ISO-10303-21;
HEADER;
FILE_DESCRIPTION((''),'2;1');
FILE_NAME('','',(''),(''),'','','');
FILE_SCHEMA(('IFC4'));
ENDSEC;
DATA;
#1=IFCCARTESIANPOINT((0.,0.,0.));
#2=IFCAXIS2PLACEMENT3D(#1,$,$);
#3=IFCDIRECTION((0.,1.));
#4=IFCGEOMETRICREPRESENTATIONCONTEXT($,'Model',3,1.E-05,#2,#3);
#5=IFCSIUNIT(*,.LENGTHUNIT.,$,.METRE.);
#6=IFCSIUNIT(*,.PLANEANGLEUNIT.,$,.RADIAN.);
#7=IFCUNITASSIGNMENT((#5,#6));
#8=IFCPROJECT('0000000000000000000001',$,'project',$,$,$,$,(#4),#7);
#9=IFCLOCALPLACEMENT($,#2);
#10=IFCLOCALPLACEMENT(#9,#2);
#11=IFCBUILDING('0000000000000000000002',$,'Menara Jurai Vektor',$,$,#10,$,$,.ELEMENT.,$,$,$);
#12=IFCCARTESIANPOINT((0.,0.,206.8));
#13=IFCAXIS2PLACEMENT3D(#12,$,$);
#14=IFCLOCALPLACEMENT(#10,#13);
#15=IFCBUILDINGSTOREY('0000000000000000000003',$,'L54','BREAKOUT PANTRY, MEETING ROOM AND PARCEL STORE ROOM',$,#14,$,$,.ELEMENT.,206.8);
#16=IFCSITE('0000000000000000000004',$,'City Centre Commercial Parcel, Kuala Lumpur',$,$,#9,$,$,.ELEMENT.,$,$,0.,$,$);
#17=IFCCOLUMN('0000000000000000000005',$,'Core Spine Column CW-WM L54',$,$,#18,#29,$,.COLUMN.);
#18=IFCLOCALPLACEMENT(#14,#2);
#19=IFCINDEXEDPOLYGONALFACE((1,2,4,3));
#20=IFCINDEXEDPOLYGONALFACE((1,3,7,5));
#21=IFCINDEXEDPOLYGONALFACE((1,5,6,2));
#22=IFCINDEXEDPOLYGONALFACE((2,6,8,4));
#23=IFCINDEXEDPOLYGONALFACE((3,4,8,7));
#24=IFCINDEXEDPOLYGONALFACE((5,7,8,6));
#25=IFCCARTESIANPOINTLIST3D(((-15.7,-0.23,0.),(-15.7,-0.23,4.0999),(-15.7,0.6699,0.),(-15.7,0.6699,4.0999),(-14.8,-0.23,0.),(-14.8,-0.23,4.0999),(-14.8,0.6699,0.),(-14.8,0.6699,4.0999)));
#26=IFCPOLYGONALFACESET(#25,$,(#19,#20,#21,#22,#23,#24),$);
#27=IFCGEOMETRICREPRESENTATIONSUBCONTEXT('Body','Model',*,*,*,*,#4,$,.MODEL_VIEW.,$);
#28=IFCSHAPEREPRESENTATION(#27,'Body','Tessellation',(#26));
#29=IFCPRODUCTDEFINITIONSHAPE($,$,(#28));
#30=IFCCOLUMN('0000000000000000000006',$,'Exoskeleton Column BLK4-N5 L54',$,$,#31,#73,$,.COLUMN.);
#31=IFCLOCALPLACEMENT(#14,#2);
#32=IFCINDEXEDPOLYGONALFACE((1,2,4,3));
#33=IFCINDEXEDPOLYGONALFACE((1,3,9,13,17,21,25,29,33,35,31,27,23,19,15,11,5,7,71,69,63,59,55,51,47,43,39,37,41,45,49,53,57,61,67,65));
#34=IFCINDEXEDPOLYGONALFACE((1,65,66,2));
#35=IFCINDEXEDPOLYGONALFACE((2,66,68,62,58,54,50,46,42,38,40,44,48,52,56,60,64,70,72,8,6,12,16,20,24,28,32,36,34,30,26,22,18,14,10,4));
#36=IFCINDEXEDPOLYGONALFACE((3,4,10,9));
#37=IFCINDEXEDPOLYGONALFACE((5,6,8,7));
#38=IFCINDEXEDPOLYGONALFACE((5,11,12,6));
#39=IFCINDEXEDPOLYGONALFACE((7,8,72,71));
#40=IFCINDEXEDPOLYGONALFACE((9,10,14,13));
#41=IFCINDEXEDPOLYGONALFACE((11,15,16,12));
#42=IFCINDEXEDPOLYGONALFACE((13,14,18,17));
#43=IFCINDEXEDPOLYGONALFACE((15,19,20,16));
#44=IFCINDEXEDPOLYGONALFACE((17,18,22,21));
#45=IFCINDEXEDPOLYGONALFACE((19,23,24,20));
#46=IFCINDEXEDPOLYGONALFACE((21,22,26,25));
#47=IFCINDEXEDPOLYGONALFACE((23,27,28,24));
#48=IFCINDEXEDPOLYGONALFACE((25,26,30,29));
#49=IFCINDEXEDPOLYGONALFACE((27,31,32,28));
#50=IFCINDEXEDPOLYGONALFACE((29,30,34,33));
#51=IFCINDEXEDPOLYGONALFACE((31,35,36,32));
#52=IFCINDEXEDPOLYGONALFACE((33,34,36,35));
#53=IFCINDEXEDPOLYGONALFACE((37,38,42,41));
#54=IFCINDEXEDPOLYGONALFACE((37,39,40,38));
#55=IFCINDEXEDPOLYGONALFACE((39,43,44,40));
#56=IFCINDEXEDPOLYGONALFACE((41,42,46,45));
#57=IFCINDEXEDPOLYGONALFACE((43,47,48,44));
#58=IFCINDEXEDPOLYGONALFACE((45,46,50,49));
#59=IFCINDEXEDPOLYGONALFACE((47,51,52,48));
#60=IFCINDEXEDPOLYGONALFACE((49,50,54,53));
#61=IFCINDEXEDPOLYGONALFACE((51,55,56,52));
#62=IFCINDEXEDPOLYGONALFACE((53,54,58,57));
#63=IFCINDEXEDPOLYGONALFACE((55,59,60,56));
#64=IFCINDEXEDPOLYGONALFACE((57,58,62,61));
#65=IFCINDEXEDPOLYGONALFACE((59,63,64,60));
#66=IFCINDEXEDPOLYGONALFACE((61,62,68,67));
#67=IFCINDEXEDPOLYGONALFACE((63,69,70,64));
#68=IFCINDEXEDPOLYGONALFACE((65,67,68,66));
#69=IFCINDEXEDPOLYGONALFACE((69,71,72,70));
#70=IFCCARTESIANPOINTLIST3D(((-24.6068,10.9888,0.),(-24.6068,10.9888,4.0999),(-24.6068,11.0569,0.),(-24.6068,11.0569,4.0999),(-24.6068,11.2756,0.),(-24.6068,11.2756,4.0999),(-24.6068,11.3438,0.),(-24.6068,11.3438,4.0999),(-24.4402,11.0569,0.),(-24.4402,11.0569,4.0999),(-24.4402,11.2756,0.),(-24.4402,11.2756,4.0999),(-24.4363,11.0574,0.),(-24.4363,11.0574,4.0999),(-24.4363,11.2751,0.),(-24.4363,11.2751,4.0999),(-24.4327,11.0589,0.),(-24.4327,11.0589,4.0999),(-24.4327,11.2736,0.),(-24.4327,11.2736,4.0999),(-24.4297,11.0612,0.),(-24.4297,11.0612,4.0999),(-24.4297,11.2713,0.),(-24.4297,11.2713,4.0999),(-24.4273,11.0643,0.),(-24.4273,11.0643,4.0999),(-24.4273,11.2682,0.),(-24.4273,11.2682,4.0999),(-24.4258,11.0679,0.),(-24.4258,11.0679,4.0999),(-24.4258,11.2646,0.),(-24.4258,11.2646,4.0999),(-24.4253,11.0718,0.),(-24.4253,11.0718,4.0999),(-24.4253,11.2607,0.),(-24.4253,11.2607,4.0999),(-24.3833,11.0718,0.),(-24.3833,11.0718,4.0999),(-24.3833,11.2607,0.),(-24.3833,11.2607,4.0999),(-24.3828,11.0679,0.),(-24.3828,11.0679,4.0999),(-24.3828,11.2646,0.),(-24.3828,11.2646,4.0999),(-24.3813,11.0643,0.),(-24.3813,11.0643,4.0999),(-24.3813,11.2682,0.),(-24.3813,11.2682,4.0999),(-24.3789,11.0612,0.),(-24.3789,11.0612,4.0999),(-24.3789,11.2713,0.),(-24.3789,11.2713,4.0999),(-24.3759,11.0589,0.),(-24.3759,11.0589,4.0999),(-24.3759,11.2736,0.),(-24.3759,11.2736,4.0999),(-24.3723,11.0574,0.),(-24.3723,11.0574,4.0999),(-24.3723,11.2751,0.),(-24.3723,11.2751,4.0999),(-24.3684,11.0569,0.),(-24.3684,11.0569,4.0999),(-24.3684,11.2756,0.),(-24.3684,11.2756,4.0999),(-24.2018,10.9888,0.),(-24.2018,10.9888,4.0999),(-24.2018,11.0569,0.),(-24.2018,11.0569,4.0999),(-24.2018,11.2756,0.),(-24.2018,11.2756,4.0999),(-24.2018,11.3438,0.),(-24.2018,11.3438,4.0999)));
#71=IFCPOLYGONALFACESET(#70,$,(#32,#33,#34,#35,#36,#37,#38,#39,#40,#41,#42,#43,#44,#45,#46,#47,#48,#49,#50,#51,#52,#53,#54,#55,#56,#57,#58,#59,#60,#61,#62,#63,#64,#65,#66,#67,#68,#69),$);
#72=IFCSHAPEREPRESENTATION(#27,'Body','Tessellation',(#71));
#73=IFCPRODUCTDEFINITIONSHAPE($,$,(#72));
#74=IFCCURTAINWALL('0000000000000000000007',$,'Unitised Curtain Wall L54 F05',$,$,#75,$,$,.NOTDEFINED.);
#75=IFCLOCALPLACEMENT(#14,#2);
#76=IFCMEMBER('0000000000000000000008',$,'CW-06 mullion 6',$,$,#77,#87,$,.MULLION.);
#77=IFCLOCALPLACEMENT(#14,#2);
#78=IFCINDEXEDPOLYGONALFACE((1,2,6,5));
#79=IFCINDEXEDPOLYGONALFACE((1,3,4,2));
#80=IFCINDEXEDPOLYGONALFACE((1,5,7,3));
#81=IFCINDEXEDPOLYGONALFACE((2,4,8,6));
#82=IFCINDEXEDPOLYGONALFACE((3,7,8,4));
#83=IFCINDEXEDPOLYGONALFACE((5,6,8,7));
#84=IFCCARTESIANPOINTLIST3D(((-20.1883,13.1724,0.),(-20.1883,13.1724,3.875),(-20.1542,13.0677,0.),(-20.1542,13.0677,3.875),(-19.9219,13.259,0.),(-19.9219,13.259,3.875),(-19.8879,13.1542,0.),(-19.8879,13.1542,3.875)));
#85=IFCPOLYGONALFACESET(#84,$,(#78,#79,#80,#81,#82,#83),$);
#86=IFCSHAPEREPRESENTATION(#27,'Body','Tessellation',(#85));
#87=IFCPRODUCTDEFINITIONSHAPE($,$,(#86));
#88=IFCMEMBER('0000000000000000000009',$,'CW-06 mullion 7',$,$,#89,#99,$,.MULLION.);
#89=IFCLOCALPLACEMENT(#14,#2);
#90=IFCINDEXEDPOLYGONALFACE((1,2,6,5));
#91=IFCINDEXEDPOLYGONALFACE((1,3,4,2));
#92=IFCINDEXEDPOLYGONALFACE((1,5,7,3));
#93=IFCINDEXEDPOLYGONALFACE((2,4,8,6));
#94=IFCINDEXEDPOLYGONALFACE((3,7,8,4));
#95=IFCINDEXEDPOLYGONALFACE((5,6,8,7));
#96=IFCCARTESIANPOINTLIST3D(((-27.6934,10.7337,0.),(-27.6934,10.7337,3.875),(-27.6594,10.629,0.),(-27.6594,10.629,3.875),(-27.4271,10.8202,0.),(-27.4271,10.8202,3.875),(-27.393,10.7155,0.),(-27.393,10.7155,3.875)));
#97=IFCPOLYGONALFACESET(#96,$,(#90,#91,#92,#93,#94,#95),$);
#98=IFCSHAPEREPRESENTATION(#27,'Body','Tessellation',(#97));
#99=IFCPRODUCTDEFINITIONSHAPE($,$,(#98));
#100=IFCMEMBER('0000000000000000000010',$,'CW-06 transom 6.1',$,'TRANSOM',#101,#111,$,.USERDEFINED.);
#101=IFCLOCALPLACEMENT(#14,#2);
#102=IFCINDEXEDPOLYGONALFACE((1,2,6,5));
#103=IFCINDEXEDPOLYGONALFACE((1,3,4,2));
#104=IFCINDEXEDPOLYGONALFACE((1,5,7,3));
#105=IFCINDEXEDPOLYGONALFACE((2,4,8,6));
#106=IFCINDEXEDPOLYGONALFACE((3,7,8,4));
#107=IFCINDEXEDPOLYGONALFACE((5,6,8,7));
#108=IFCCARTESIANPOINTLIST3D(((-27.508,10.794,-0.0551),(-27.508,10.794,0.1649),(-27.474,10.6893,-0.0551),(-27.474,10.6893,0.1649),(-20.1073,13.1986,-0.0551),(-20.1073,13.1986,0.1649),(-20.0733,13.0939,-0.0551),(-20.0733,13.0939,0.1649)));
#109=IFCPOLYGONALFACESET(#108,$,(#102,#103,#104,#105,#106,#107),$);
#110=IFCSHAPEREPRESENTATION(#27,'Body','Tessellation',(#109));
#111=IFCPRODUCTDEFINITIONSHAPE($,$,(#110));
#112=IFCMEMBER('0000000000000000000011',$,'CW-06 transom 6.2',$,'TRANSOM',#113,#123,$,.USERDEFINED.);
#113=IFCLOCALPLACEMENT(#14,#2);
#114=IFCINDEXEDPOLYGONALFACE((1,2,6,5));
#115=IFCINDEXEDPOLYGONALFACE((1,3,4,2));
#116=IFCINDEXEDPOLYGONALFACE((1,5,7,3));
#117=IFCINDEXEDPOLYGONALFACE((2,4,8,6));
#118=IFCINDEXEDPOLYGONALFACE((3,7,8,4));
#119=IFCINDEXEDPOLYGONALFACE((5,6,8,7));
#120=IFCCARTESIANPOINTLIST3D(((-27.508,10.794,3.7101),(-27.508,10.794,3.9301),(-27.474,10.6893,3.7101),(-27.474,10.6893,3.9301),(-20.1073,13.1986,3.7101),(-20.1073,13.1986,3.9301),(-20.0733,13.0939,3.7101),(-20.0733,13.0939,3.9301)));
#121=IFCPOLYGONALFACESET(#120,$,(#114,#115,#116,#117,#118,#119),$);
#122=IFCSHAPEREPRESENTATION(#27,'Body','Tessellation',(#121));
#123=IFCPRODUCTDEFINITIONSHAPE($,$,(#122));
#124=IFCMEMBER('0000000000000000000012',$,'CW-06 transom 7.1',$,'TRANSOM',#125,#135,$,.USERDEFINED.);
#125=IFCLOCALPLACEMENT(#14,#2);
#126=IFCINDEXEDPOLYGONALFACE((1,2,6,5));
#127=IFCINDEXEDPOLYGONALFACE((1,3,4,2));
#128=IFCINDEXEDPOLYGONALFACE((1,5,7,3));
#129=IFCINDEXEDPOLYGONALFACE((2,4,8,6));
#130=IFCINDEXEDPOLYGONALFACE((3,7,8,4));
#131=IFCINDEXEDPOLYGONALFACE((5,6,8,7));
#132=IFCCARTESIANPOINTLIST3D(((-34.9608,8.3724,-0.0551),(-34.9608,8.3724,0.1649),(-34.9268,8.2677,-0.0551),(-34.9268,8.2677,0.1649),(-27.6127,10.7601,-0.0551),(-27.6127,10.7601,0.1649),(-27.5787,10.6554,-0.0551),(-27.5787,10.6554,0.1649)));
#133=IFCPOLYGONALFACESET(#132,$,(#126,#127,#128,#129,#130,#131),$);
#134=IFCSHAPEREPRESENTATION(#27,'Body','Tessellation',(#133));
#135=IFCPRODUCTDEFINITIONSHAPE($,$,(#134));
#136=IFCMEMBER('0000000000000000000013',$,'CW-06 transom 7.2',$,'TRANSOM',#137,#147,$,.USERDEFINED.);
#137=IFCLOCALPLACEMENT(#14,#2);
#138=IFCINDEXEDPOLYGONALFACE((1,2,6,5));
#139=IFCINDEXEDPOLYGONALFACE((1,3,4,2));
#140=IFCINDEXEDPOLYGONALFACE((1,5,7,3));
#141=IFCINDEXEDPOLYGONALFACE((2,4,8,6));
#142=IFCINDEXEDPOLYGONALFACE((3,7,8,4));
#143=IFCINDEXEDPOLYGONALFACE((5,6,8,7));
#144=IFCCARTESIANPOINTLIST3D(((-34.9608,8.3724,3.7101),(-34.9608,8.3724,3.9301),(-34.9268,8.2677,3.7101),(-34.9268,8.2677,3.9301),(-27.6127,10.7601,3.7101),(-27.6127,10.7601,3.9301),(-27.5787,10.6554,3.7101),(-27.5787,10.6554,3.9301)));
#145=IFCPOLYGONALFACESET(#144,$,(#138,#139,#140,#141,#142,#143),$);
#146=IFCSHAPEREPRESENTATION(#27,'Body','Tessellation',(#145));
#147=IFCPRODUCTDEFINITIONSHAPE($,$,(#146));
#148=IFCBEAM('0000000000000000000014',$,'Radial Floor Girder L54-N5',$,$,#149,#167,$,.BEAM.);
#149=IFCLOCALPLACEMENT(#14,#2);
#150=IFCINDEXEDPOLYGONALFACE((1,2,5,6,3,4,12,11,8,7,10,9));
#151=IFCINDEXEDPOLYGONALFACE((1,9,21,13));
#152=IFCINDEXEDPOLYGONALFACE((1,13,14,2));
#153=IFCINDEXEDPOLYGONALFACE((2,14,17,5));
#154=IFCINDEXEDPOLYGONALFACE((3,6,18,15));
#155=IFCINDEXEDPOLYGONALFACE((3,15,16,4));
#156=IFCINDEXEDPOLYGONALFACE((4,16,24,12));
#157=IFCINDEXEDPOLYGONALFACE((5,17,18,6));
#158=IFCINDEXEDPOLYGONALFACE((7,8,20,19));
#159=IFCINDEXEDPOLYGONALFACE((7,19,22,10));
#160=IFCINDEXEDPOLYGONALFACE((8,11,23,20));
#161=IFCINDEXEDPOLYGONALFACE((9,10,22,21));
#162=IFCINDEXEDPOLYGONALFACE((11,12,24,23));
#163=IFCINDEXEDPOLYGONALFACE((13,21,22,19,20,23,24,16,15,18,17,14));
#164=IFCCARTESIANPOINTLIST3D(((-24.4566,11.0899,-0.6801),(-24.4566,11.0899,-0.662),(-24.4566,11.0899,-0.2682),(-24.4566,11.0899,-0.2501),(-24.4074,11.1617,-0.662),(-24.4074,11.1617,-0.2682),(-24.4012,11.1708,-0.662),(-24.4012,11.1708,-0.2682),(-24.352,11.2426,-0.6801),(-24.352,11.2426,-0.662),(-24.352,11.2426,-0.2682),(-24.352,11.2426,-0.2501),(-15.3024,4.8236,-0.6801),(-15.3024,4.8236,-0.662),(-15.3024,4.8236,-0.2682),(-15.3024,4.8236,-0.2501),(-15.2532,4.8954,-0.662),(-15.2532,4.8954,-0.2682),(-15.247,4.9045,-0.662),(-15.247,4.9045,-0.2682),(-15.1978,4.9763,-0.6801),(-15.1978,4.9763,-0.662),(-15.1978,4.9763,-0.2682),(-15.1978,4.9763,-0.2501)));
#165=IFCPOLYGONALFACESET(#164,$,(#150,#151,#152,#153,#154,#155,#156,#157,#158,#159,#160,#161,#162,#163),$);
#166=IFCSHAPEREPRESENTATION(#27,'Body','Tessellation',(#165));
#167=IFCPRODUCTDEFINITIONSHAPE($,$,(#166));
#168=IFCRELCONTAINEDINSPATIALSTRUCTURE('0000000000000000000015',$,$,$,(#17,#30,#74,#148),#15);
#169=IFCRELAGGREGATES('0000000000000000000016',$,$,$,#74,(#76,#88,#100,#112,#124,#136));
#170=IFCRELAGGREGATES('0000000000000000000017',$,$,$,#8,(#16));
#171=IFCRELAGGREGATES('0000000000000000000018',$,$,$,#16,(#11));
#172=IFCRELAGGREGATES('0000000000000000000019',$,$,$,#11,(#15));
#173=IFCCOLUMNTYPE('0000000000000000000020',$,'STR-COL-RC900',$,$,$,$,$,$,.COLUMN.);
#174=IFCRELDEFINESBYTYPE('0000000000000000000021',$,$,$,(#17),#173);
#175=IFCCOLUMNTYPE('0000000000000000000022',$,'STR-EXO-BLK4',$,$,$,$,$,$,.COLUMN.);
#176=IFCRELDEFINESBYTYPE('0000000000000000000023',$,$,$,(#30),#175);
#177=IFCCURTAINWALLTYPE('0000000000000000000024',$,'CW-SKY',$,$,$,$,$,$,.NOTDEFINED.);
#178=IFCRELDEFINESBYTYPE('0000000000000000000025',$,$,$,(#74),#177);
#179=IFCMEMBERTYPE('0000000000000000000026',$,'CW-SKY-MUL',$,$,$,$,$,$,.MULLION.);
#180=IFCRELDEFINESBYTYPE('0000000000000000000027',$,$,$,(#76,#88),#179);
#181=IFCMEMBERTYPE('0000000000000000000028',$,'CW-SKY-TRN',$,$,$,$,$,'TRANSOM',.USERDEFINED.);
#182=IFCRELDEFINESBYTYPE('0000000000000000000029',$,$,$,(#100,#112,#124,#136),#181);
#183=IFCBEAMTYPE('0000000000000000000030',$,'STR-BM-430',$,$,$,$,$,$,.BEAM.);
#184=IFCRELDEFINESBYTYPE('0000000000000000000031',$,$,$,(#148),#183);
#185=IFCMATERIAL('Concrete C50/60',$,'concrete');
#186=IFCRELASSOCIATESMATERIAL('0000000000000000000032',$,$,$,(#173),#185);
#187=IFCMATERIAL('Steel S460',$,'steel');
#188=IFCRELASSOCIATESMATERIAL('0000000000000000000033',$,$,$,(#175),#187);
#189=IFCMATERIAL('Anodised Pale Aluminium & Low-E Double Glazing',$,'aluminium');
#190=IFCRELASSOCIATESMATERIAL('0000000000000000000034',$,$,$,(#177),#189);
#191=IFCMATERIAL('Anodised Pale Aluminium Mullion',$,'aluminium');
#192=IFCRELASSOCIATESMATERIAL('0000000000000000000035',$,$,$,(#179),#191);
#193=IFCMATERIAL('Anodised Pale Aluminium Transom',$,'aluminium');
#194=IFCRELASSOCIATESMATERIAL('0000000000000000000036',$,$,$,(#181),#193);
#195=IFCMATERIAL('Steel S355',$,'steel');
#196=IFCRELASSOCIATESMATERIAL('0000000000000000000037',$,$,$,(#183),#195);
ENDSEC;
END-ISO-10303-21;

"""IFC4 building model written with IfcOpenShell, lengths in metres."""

from ifc_helpers import new_model, si_unit, direction, frame, origin, origin_2d, place, context, subcontext, project, spatial, rectangle, i_section, extrude, material, material_profile, profile_set, type_object, element, aggregate, save


model = new_model("IFC4")

# Units and contexts
model_context = context("Model", 3, precision=1e-05, world=origin(), true_north=direction((0.0, 1.0)))
body_context = subcontext(model_context, "Body", "Model", "MODEL_VIEW")
ifc_project = project(units=[si_unit("LENGTHUNIT", "METRE"), si_unit("PLANEANGLEUNIT", "RADIAN")], contexts=[model_context])

# Site, building, storey
site_placement = place(None, origin())
site = spatial("IfcSite", under=ifc_project, at=site_placement, Name="City Centre Commercial Parcel, Kuala Lumpur", CompositionType="ELEMENT", RefElevation=0.0)
building_placement = place(site_placement, origin())
building = spatial("IfcBuilding", under=site, at=building_placement, Name="Menara Jurai Vektor", CompositionType="ELEMENT")
storey_placement = place(building_placement, frame((0.0, 0.0, 206.8)))
storey = spatial("IfcBuildingStorey", under=building, at=storey_placement, Name="L54", Description="BREAKOUT PANTRY, MEETING ROOM AND PARCEL STORE ROOM", CompositionType="ELEMENT", Elevation=206.8)

# Columns
ifc_material_1 = material(Name="Concrete C50/60", Category="concrete")
ifc_material_profile_1 = material_profile(ifc_material_1, rectangle(XDim=0.8999, YDim=0.8999, at=origin_2d()), Name="RC 900x900")
ifc_profile_set_1 = profile_set([ifc_material_profile_1], Name="Concrete C50/60")
column_type_1 = type_object("IfcColumnType", Name="STR-COL-RC900", PredefinedType="COLUMN", material=ifc_profile_set_1)
column_1_placement = place(storey_placement, frame((-15.25, 0.22, 0.0), z_axis=(0.0, 0.0, 1.0), x_axis=(1.0, 0.0, 0.0)))
element("IfcColumn", 1, at=column_1_placement, inside=storey, type_object=column_type_1, Name="Core Spine Column CW-WM L54", PredefinedType="COLUMN", context=body_context, shape_type="SweptSolid", body=[
    extrude(rectangle(XDim=0.8999, YDim=0.8999, at=origin_2d()), origin(), (0.0, 0.0, 1.0), 4.0999),
])
ifc_material_2 = material(Name="Steel S460", Category="steel")
ifc_material_profile_2 = material_profile(ifc_material_2, i_section(OverallWidth=0.405, OverallDepth=0.355, WebThickness=0.042, FlangeThickness=0.0681, FilletRadius=0.0149, at=origin_2d()), Name="HD 400x551")
ifc_profile_set_2 = profile_set([ifc_material_profile_2], Name="Steel S460")
column_type_2 = type_object("IfcColumnType", Name="STR-EXO-BLK4", PredefinedType="COLUMN", material=ifc_profile_set_2)
column_2_placement = place(storey_placement, frame((-24.4043, 11.1663, 0.0), z_axis=(0.0, 0.0, 1.0), x_axis=(1.0, 0.0, 0.0)))
element("IfcColumn", 2, at=column_2_placement, inside=storey, type_object=column_type_2, Name="Exoskeleton Column BLK4-N5 L54", PredefinedType="COLUMN", context=body_context, shape_type="SweptSolid", body=[
    extrude(i_section(OverallWidth=0.405, OverallDepth=0.355, WebThickness=0.042, FlangeThickness=0.0681, FilletRadius=0.0149, at=origin_2d()), origin(), (0.0, 0.0, 1.0), 4.0999),
])

# Curtain wall, members
ifc_material_3 = material(Name="Anodised Pale Aluminium & Low-E Double Glazing", Category="aluminium")
curtain_wall_type = type_object("IfcCurtainWallType", Name="CW-SKY", PredefinedType="NOTDEFINED", material=ifc_material_3)
curtain_wall_placement = place(storey_placement, origin())
curtain_wall = element("IfcCurtainWall", 3, at=curtain_wall_placement, inside=storey, type_object=curtain_wall_type, Name="Unitised Curtain Wall L54 F05", PredefinedType="NOTDEFINED")
ifc_material_4 = material(Name="Anodised Pale Aluminium Mullion", Category="aluminium")
ifc_material_profile_3 = material_profile(ifc_material_4, rectangle(XDim=0.1101, YDim=0.28, at=origin_2d()), Name="ALU MUL 110x280")
ifc_profile_set_3 = profile_set([ifc_material_profile_3], Name="Anodised Pale Aluminium Mullion")
member_type_1 = type_object("IfcMemberType", Name="CW-SKY-MUL", PredefinedType="MULLION", material=ifc_profile_set_3)
member_1_placement = place(storey_placement, frame((-20.0381, 13.1633, 0.0), z_axis=(0.0, 0.0, 1.0), x_axis=(0.309017, -0.951056, 0.0)))
member_1 = element("IfcMember", 4, at=member_1_placement, type_object=member_type_1, Name="CW-06 mullion 6", PredefinedType="MULLION", context=body_context, shape_type="SweptSolid", body=[
    extrude(rectangle(XDim=0.1101, YDim=0.28, at=origin_2d()), origin(), (0.0, 0.0, 1.0), 3.875),
])
member_2_placement = place(storey_placement, frame((-27.5432, 10.7246, 0.0), z_axis=(0.0, 0.0, 1.0), x_axis=(0.309017, -0.951056, 0.0)))
member_2 = element("IfcMember", 5, at=member_2_placement, type_object=member_type_1, Name="CW-06 mullion 7", PredefinedType="MULLION", context=body_context, shape_type="SweptSolid", body=[
    extrude(rectangle(XDim=0.1101, YDim=0.28, at=origin_2d()), origin(), (0.0, 0.0, 1.0), 3.875),
])
ifc_material_5 = material(Name="Anodised Pale Aluminium Transom", Category="aluminium")
ifc_material_profile_4 = material_profile(ifc_material_5, rectangle(XDim=0.1101, YDim=0.22, at=origin_2d()), Name="ALU TRN 110x220")
ifc_profile_set_4 = profile_set([ifc_material_profile_4], Name="Anodised Pale Aluminium Transom")
member_type_2 = type_object("IfcMemberType", Name="CW-SKY-TRN", ElementType="TRANSOM", PredefinedType="USERDEFINED", material=ifc_profile_set_4)
member_3_placement = place(storey_placement, frame((-20.0903, 13.1462, 0.0549), z_axis=(-0.951059, -0.309009, 0.0), x_axis=(0.309009, -0.951059, 0.0)))
member_3 = element("IfcMember", 6, at=member_3_placement, type_object=member_type_2, Name="CW-06 transom 6.1", ObjectType="TRANSOM", PredefinedType="USERDEFINED", context=body_context, shape_type="SweptSolid", body=[
    extrude(rectangle(XDim=0.1101, YDim=0.22, at=origin_2d()), origin(), (0.0, 0.0, 1.0), 7.7815),
])
member_4_placement = place(storey_placement, frame((-20.0903, 13.1462, 3.8201), z_axis=(-0.951059, -0.309009, 0.0), x_axis=(0.309009, -0.951059, 0.0)))
member_4 = element("IfcMember", 7, at=member_4_placement, type_object=member_type_2, Name="CW-06 transom 6.2", ObjectType="TRANSOM", PredefinedType="USERDEFINED", context=body_context, shape_type="SweptSolid", body=[
    extrude(rectangle(XDim=0.1101, YDim=0.22, at=origin_2d()), origin(), (0.0, 0.0, 1.0), 7.7815),
])
member_5_placement = place(storey_placement, frame((-27.5957, 10.7078, 0.0549), z_axis=(-0.951051, -0.309033, 0.0), x_axis=(0.309033, -0.951051, 0.0)))
member_5 = element("IfcMember", 8, at=member_5_placement, type_object=member_type_2, Name="CW-06 transom 7.1", ObjectType="TRANSOM", PredefinedType="USERDEFINED", context=body_context, shape_type="SweptSolid", body=[
    extrude(rectangle(XDim=0.1101, YDim=0.22, at=origin_2d()), origin(), (0.0, 0.0, 1.0), 7.7263),
])
member_6_placement = place(storey_placement, frame((-27.5957, 10.7078, 3.8201), z_axis=(-0.951051, -0.309033, 0.0), x_axis=(0.309033, -0.951051, 0.0)))
member_6 = element("IfcMember", 9, at=member_6_placement, type_object=member_type_2, Name="CW-06 transom 7.2", ObjectType="TRANSOM", PredefinedType="USERDEFINED", context=body_context, shape_type="SweptSolid", body=[
    extrude(rectangle(XDim=0.1101, YDim=0.22, at=origin_2d()), origin(), (0.0, 0.0, 1.0), 7.7263),
])

# Beam
ifc_material_6 = material(Name="Steel S355", Category="steel")
ifc_material_profile_5 = material_profile(ifc_material_6, i_section(OverallWidth=0.1851, OverallDepth=0.4299, WebThickness=0.011, FlangeThickness=0.0181, at=origin_2d()), Name="PG 430x185x76")
ifc_profile_set_5 = profile_set([ifc_material_profile_5], Name="Steel S355")
beam_type_1 = type_object("IfcBeamType", Name="STR-BM-430", PredefinedType="BEAM", material=ifc_profile_set_5)
beam_1_placement = place(storey_placement, frame((-24.4043, 11.1663, -0.4651), z_axis=(0.825186, -0.564861, 0.0), x_axis=(0.564861, 0.825186, 0.0)))
element("IfcBeam", 10, at=beam_1_placement, inside=storey, type_object=beam_type_1, Name="Radial Floor Girder L54-N5", PredefinedType="BEAM", context=body_context, shape_type="SweptSolid", body=[
    extrude(i_section(OverallWidth=0.1851, OverallDepth=0.4299, WebThickness=0.011, FlangeThickness=0.0181, at=origin_2d()), origin(), (0.0, 0.0, 1.0), 11.0935),
])

aggregate(curtain_wall, [member_1, member_2, member_3, member_4, member_5, member_6])

save(model, "model.ifc")
